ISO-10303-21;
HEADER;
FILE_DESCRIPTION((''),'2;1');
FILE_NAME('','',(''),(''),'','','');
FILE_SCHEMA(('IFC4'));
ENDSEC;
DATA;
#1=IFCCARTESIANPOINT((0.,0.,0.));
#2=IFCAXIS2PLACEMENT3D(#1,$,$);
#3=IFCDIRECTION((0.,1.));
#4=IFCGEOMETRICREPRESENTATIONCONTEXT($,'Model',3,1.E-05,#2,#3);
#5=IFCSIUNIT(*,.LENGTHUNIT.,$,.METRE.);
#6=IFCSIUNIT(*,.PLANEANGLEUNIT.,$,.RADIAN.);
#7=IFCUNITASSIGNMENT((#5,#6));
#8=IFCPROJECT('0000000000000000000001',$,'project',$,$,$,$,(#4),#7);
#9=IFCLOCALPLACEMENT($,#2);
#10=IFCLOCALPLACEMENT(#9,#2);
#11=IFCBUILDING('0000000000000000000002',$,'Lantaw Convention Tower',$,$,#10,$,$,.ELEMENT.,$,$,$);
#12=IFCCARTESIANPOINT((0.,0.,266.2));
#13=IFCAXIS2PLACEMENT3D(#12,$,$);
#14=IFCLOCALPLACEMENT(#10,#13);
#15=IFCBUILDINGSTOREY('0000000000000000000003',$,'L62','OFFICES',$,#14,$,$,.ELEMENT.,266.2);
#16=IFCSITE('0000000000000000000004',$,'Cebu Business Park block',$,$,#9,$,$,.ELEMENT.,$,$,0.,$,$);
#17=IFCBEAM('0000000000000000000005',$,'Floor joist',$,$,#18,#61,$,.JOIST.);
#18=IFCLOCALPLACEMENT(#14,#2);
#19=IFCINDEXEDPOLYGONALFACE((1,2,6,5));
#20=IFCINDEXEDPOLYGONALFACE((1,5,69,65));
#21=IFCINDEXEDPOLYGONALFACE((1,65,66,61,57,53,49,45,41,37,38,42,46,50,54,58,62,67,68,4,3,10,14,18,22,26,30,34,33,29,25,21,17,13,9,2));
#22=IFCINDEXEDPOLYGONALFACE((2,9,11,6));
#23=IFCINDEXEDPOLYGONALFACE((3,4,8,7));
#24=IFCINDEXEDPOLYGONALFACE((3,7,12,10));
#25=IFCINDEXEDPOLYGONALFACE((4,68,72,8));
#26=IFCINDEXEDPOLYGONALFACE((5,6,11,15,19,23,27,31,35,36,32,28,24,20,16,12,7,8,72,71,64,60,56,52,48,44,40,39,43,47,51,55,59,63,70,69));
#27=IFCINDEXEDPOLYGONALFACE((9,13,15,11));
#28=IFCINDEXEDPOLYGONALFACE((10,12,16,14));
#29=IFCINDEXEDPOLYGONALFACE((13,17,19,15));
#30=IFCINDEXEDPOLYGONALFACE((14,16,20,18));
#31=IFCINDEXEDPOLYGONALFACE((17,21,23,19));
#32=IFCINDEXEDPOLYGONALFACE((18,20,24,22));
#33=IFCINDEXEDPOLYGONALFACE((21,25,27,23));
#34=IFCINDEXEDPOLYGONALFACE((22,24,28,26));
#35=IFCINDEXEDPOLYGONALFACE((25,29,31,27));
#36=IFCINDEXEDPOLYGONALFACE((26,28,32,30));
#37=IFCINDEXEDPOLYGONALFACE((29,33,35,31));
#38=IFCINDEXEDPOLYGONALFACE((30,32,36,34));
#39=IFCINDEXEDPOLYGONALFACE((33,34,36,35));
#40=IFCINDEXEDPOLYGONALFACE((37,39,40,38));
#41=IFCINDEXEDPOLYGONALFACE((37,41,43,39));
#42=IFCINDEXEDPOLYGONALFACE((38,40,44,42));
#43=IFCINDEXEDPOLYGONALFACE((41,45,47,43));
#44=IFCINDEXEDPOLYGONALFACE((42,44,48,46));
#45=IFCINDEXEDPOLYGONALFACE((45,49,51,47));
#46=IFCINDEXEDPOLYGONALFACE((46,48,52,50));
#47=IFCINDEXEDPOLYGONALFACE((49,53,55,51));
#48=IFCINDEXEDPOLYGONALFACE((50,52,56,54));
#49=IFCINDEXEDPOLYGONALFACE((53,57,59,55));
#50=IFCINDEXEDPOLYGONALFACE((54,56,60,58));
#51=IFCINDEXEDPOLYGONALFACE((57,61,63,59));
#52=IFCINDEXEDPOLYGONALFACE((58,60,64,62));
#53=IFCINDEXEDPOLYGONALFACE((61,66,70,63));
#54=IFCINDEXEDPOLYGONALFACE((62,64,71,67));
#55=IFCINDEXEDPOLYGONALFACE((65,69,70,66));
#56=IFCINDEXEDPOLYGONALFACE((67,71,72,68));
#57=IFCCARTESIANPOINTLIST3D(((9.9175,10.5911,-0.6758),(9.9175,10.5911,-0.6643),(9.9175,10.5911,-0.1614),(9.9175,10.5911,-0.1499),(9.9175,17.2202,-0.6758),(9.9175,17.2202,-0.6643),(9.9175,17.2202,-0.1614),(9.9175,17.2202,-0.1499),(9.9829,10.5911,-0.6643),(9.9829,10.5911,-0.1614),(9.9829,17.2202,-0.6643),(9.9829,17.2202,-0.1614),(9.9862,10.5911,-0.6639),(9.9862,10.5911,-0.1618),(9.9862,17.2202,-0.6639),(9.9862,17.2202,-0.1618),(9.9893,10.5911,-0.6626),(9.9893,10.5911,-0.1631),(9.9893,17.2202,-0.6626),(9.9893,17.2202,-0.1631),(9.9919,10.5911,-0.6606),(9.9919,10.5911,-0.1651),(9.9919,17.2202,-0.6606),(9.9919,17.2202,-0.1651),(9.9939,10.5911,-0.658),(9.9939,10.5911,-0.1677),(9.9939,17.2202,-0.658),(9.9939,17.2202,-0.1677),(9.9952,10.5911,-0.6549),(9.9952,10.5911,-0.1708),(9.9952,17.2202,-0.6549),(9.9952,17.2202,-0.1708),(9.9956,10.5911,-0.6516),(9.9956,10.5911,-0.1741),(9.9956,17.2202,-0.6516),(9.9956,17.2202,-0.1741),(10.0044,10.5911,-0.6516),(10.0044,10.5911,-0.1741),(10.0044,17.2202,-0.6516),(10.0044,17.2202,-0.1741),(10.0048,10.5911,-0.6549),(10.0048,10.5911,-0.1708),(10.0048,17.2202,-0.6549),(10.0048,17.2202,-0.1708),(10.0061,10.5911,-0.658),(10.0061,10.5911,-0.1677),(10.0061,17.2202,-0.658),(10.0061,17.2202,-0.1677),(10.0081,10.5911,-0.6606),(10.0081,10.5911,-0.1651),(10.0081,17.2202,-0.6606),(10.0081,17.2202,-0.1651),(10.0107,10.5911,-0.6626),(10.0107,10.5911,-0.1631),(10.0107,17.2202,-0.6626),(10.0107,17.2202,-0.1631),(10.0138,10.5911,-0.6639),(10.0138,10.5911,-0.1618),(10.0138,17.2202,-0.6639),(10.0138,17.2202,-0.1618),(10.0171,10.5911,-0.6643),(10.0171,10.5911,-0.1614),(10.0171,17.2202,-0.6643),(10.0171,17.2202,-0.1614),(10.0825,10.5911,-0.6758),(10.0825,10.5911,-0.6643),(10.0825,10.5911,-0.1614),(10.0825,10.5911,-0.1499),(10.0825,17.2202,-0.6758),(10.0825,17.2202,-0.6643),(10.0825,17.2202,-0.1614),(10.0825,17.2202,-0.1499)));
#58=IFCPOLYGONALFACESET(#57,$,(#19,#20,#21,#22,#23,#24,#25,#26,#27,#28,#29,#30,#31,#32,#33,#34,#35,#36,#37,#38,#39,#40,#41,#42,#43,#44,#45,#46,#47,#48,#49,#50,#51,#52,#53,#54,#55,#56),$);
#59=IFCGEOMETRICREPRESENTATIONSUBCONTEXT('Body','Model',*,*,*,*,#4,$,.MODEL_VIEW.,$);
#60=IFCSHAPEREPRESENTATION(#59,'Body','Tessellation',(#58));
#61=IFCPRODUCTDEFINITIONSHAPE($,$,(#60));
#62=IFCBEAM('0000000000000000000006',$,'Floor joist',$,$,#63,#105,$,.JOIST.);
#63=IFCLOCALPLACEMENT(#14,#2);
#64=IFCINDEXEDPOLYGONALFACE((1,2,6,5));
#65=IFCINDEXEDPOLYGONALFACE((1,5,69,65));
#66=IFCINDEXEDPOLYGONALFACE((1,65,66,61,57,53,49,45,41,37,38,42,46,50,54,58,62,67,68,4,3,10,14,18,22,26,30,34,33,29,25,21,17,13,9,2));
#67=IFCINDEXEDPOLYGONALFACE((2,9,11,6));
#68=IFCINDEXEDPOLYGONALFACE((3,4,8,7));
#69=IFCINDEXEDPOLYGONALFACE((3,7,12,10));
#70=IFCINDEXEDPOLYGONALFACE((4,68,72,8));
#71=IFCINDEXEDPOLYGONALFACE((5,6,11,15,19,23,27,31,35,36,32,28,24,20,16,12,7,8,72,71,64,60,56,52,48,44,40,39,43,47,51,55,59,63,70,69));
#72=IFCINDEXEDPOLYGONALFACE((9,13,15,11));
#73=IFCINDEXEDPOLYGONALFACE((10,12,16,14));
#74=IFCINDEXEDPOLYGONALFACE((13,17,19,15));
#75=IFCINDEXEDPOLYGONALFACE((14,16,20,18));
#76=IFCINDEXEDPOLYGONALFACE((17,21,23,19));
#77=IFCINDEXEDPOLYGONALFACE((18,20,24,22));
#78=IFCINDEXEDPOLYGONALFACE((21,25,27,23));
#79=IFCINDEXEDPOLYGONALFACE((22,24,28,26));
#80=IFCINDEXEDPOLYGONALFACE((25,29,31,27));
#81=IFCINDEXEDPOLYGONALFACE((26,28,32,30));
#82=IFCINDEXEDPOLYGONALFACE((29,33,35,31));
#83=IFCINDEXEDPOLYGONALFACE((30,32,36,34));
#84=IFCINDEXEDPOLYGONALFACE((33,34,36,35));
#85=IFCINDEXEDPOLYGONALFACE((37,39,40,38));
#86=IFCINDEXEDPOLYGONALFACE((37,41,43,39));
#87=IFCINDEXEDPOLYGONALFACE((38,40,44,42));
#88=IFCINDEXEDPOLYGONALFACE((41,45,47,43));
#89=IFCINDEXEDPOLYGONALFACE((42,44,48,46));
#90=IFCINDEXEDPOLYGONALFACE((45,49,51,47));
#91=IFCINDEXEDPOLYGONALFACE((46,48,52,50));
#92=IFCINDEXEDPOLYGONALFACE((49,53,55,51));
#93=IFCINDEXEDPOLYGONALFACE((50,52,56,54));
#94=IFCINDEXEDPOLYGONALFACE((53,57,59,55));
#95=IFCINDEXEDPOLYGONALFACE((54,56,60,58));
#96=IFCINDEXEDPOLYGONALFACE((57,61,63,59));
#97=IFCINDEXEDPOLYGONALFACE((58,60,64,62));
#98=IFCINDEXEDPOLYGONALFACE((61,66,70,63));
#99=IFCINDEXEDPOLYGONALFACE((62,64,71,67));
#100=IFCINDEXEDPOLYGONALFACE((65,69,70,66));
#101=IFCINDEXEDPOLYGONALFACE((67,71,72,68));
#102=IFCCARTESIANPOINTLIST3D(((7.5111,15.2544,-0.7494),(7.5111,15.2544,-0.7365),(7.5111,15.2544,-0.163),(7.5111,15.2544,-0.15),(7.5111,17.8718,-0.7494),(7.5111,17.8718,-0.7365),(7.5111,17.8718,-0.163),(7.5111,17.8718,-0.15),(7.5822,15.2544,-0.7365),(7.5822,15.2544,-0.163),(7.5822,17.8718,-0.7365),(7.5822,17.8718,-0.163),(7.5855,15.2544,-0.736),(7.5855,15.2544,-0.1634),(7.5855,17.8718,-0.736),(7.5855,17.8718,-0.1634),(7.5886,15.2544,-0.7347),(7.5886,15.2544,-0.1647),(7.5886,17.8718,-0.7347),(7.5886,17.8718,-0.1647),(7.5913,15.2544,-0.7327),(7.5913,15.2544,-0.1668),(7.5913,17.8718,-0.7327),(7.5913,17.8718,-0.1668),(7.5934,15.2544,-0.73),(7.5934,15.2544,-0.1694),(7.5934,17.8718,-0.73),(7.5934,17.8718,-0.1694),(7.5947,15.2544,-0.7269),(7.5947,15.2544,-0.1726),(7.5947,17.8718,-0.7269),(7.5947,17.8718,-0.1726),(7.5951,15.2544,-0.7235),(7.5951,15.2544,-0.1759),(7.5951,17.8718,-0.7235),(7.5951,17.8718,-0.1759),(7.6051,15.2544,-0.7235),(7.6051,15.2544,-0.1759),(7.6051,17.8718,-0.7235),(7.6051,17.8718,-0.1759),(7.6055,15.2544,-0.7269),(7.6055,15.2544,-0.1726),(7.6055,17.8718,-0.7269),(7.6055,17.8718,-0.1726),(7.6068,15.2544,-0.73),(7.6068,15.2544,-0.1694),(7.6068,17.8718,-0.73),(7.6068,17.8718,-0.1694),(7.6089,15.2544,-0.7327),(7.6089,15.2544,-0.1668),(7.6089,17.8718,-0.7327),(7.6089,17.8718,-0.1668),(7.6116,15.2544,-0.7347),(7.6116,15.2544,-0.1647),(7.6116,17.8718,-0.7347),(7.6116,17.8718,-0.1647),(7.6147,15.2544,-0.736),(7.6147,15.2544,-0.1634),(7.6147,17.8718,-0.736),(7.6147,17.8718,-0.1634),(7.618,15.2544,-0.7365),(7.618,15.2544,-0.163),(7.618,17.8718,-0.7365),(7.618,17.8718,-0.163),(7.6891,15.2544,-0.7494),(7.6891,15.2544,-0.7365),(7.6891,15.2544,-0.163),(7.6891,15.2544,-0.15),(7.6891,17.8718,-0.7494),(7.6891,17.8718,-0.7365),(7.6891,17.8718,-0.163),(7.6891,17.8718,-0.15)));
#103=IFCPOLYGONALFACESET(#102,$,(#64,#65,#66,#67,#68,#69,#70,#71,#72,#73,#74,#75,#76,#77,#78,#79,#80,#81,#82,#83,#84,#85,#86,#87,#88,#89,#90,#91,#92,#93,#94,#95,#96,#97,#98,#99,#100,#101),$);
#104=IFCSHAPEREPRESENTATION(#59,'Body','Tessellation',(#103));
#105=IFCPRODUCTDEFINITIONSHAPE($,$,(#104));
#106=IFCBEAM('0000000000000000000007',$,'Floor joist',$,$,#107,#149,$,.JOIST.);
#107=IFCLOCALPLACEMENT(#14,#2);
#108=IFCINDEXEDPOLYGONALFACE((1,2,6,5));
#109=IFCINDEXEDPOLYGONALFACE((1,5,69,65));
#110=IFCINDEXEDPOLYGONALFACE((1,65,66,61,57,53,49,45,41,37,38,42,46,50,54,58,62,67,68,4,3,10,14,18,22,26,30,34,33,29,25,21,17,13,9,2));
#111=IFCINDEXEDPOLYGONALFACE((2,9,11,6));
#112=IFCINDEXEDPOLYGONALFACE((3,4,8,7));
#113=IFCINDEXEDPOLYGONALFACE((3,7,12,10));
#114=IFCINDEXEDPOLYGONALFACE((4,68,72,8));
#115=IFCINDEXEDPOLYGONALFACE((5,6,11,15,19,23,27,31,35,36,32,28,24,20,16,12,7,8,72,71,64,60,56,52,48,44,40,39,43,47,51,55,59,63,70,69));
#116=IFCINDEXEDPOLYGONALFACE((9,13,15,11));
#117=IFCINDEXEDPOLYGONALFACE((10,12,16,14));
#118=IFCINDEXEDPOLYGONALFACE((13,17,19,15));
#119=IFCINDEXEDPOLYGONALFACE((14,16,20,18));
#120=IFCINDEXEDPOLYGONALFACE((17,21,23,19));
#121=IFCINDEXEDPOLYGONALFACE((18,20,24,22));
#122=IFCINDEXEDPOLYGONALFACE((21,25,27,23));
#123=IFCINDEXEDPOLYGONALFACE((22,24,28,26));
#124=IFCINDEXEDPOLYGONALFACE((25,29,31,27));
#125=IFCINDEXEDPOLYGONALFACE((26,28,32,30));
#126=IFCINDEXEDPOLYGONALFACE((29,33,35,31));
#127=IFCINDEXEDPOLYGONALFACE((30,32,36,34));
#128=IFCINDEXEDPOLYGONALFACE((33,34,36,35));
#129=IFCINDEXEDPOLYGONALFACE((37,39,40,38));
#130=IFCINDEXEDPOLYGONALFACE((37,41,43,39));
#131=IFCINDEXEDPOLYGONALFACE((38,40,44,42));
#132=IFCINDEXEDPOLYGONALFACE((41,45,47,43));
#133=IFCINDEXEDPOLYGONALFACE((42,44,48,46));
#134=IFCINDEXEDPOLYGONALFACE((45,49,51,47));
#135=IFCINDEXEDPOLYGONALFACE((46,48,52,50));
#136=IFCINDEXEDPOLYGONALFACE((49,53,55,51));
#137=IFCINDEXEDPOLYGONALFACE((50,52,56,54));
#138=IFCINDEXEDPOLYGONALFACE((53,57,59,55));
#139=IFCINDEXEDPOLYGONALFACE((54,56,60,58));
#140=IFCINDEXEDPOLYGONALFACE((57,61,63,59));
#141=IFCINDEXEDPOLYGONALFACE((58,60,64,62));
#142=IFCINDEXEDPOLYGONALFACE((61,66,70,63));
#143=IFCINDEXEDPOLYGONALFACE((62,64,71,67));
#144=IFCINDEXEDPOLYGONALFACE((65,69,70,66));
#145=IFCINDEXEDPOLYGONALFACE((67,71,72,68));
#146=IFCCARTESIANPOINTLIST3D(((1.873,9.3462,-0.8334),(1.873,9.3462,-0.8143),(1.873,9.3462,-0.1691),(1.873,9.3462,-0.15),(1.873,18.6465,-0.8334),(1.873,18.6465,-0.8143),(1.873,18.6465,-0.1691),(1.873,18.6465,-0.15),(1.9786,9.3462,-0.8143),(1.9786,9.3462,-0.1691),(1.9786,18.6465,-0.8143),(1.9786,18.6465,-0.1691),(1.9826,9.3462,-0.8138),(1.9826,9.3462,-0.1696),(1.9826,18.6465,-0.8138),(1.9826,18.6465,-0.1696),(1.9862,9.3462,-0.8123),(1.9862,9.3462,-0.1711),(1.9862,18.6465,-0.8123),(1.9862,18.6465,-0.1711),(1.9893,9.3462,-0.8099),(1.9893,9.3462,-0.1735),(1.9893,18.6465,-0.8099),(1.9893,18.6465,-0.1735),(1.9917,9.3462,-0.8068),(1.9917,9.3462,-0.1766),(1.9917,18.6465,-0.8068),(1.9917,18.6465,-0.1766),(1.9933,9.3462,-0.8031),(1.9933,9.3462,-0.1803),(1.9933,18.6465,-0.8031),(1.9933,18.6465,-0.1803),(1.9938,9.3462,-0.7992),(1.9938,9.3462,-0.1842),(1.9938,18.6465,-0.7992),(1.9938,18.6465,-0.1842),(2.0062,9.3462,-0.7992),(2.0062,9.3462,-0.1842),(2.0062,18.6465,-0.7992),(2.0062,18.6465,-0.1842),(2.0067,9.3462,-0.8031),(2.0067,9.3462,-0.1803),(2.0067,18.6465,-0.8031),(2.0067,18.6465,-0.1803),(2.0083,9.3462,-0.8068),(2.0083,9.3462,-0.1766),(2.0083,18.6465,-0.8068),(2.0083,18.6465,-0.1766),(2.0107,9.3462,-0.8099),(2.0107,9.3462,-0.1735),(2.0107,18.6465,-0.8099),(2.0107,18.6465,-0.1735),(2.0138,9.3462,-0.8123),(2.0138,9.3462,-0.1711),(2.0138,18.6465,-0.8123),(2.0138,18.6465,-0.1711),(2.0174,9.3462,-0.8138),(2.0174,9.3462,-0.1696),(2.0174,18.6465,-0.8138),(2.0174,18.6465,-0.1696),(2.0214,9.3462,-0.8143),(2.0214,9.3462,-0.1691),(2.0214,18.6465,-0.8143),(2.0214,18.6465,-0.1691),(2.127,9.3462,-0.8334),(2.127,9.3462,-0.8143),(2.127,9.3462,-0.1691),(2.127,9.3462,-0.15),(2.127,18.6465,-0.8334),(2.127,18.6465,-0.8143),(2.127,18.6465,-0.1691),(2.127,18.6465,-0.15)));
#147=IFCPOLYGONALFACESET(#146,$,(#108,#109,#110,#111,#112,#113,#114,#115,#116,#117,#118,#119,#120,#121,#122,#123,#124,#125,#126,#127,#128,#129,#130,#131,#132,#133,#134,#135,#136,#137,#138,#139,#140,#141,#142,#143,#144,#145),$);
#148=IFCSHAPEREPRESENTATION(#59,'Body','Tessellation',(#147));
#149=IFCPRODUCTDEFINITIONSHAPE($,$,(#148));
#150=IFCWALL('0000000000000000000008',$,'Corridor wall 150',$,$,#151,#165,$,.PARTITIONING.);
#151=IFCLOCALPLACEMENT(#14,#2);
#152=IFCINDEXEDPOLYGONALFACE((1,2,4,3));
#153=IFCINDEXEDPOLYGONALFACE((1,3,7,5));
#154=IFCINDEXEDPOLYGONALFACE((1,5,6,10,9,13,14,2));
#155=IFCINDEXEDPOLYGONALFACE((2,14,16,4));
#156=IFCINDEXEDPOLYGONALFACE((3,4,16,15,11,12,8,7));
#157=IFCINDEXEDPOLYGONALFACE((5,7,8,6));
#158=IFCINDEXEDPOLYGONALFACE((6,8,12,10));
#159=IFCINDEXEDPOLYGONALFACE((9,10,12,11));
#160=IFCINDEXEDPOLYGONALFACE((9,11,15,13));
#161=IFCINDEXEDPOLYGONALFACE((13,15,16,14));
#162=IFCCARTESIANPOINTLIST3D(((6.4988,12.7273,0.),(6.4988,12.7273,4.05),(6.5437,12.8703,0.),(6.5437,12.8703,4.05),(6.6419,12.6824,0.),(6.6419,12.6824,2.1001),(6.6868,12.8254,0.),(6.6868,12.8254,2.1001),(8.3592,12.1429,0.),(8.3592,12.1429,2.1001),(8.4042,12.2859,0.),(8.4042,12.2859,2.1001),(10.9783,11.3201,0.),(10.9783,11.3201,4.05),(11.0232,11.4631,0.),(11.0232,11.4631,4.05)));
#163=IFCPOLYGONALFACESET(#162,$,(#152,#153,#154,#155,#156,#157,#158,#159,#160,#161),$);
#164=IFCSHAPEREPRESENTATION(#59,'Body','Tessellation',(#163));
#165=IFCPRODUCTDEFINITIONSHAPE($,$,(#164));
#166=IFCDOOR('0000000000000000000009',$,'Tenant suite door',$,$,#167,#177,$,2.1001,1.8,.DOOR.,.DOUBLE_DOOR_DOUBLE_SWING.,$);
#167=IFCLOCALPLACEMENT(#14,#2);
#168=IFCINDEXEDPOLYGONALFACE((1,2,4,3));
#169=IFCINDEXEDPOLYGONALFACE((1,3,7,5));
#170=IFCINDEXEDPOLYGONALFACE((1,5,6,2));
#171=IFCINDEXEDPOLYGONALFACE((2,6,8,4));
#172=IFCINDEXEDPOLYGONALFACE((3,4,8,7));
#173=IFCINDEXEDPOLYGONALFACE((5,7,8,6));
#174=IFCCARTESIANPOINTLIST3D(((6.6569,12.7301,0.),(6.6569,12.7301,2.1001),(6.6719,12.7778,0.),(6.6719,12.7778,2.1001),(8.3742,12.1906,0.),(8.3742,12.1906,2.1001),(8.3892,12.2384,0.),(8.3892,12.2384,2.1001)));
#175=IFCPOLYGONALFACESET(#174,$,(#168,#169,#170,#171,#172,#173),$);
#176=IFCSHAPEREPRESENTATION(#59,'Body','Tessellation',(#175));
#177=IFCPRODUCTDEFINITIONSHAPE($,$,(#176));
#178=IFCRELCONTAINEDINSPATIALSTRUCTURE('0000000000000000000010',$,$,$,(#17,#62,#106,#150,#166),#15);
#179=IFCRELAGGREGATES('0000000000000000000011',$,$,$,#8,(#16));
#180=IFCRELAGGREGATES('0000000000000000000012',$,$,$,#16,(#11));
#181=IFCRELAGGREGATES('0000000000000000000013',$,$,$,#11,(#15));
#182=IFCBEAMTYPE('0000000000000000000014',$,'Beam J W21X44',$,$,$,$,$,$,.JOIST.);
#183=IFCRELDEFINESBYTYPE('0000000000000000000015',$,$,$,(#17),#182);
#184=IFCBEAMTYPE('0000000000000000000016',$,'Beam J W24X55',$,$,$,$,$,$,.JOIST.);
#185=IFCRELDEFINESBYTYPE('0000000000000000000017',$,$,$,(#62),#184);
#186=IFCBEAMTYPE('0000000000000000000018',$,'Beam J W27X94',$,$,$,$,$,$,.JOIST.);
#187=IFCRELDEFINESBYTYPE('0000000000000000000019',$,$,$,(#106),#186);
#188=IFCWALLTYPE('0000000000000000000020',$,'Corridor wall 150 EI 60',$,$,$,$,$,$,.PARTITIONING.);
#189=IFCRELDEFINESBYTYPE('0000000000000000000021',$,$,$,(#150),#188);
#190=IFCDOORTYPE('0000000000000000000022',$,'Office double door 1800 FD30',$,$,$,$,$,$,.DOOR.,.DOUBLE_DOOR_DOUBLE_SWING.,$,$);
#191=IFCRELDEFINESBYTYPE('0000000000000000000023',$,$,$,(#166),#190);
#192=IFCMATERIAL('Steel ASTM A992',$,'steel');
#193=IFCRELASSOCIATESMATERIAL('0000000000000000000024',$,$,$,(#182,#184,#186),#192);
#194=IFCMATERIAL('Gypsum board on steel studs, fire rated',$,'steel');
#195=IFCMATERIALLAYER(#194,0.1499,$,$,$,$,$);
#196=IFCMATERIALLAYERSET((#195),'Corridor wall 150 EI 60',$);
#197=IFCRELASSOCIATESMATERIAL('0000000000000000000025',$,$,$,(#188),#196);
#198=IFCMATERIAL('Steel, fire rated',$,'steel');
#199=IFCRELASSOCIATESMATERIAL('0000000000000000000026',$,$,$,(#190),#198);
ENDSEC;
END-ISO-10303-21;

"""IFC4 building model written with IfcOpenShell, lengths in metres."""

from ifc_helpers import new_model, si_unit, direction, frame, frame_2d, origin, origin_2d, place, context, subcontext, project, spatial, rectangle, i_section, extrude, material, layer, layer_set, material_profile, profile_set, type_object, element, fill, save


model = new_model("IFC4")

# Units and contexts
model_context = context("Model", 3, precision=1e-05, world=origin(), true_north=direction((0.0, 1.0)))
body_context = subcontext(model_context, "Body", "Model", "MODEL_VIEW")
ifc_project = project(units=[si_unit("LENGTHUNIT", "METRE"), si_unit("PLANEANGLEUNIT", "RADIAN")], contexts=[model_context])

# Site, building, storey
site_placement = place(None, origin())
site = spatial("IfcSite", under=ifc_project, at=site_placement, Name="Cebu Business Park block", CompositionType="ELEMENT", RefElevation=0.0)
building_placement = place(site_placement, origin())
building = spatial("IfcBuilding", under=site, at=building_placement, Name="Lantaw Convention Tower", CompositionType="ELEMENT")
storey_placement = place(building_placement, frame((0.0, 0.0, 266.2)))
storey = spatial("IfcBuildingStorey", under=building, at=storey_placement, Name="L62", Description="OFFICES", CompositionType="ELEMENT", Elevation=266.2)

# Beams
ifc_material_1 = material(Name="Steel ASTM A992", Category="steel")
ifc_material_profile_1 = material_profile(ifc_material_1, i_section(OverallWidth=0.165, OverallDepth=0.5259, WebThickness=0.0088, FlangeThickness=0.0115, FilletRadius=0.0127, at=origin_2d()), Name="W21X44")
ifc_profile_set_1 = profile_set([ifc_material_profile_1], Name="Steel ASTM A992")
beam_type_1 = type_object("IfcBeamType", Name="Beam J W21X44", PredefinedType="JOIST", material=ifc_profile_set_1)
beam_1_placement = place(storey_placement, frame((10.0, 10.5911, -0.4128), z_axis=(0.0, 1.0, 0.0), x_axis=(-1.0, 0.0, 0.0)))
element("IfcBeam", 1, at=beam_1_placement, inside=storey, type_object=beam_type_1, Name="Floor joist", PredefinedType="JOIST", context=body_context, shape_type="SweptSolid", body=[
    extrude(i_section(OverallWidth=0.165, OverallDepth=0.5259, WebThickness=0.0088, FlangeThickness=0.0115, FilletRadius=0.0127, at=origin_2d()), origin(), (0.0, 0.0, 1.0), 6.6292),
])
ifc_material_profile_2 = material_profile(ifc_material_1, i_section(OverallWidth=0.178, OverallDepth=0.5994, WebThickness=0.01, FlangeThickness=0.0129, FilletRadius=0.0129, at=origin_2d()), Name="W24X55")
ifc_profile_set_2 = profile_set([ifc_material_profile_2], Name="Steel ASTM A992")
beam_type_2 = type_object("IfcBeamType", Name="Beam J W24X55", PredefinedType="JOIST", material=ifc_profile_set_2)
beam_2_placement = place(storey_placement, frame((7.6001, 15.2544, -0.4497), z_axis=(0.0, 1.0, 0.0), x_axis=(-1.0, 0.0, 0.0)))
element("IfcBeam", 2, at=beam_2_placement, inside=storey, type_object=beam_type_2, Name="Floor joist", PredefinedType="JOIST", context=body_context, shape_type="SweptSolid", body=[
    extrude(i_section(OverallWidth=0.178, OverallDepth=0.5994, WebThickness=0.01, FlangeThickness=0.0129, FilletRadius=0.0129, at=origin_2d()), origin(), (0.0, 0.0, 1.0), 2.6174),
])
ifc_material_profile_3 = material_profile(ifc_material_1, i_section(OverallWidth=0.2539, OverallDepth=0.6833, WebThickness=0.0125, FlangeThickness=0.019, FilletRadius=0.0151, at=origin_2d()), Name="W27X94")
ifc_profile_set_3 = profile_set([ifc_material_profile_3], Name="Steel ASTM A992")
beam_type_3 = type_object("IfcBeamType", Name="Beam J W27X94", PredefinedType="JOIST", material=ifc_profile_set_3)
beam_3_placement = place(storey_placement, frame((2.0, 9.3462, -0.4917), z_axis=(0.0, 1.0, 0.0), x_axis=(-1.0, 0.0, 0.0)))
element("IfcBeam", 3, at=beam_3_placement, inside=storey, type_object=beam_type_3, Name="Floor joist", PredefinedType="JOIST", context=body_context, shape_type="SweptSolid", body=[
    extrude(i_section(OverallWidth=0.2539, OverallDepth=0.6833, WebThickness=0.0125, FlangeThickness=0.019, FilletRadius=0.0151, at=origin_2d()), origin(), (0.0, 0.0, 1.0), 9.3003),
])

# Wall, opening, door
ifc_material_2 = material(Name="Gypsum board on steel studs, fire rated", Category="steel")
ifc_layer_1 = layer(ifc_material_2, 0.1499)
ifc_layer_set_1 = layer_set([ifc_layer_1], Name="Corridor wall 150 EI 60")
wall_type_1 = type_object("IfcWallType", Name="Corridor wall 150 EI 60", PredefinedType="PARTITIONING", material=ifc_layer_set_1)
wall_1_placement = place(storey_placement, frame((11.0007, 11.3916, 0.0), z_axis=(0.0, 0.0, 1.0), x_axis=(-0.954031, 0.299708, 0.0)))
wall_1 = element("IfcWall", 4, at=wall_1_placement, inside=storey, type_object=wall_type_1, Name="Corridor wall 150", PredefinedType="PARTITIONING", context=body_context, shape_type="SweptSolid", body=[
    extrude(rectangle(XDim=4.6953, YDim=0.1499, at=frame_2d((2.3477, 0.0))), origin(), (0.0, 0.0, 1.0), 4.05),
])
opening_1_placement = place(wall_1_placement, frame((2.7454, 0.0, 0.0)))
opening_1 = element("IfcOpeningElement", 5, at=opening_1_placement, cuts=wall_1, PredefinedType="OPENING", context=body_context, shape_type="SweptSolid", body=[
    extrude(rectangle(XDim=1.8, YDim=2.1001, at=frame_2d((0.8999, 1.05))), frame((0.0, 0.085, 0.0), z_axis=(0.0, -1.0, 0.0), x_axis=(1.0, 0.0, 0.0)), (0.0, 0.0, 1.0), 0.1699),
])
ifc_material_3 = material(Name="Steel, fire rated", Category="steel")
door_type_1 = type_object("IfcDoorType", Name="Office double door 1800 FD30", OperationType="DOUBLE_DOOR_DOUBLE_SWING", PredefinedType="DOOR", material=ifc_material_3)
door_1_placement = place(opening_1_placement, origin())
door_1 = element("IfcDoor", 6, at=door_1_placement, inside=storey, type_object=door_type_1, Name="Tenant suite door", OperationType="DOUBLE_DOOR_DOUBLE_SWING", OverallHeight=2.1001, OverallWidth=1.8, PredefinedType="DOOR", context=body_context, shape_type="SweptSolid", body=[
    extrude(rectangle(XDim=1.8, YDim=2.1001, at=frame_2d((0.8999, 1.05))), frame((0.0, 0.0249, 0.0), z_axis=(0.0, -1.0, 0.0), x_axis=(1.0, 0.0, 0.0)), (0.0, 0.0, 1.0), 0.05),
])
fill(opening_1, door_1)

save(model, "model.ifc")
